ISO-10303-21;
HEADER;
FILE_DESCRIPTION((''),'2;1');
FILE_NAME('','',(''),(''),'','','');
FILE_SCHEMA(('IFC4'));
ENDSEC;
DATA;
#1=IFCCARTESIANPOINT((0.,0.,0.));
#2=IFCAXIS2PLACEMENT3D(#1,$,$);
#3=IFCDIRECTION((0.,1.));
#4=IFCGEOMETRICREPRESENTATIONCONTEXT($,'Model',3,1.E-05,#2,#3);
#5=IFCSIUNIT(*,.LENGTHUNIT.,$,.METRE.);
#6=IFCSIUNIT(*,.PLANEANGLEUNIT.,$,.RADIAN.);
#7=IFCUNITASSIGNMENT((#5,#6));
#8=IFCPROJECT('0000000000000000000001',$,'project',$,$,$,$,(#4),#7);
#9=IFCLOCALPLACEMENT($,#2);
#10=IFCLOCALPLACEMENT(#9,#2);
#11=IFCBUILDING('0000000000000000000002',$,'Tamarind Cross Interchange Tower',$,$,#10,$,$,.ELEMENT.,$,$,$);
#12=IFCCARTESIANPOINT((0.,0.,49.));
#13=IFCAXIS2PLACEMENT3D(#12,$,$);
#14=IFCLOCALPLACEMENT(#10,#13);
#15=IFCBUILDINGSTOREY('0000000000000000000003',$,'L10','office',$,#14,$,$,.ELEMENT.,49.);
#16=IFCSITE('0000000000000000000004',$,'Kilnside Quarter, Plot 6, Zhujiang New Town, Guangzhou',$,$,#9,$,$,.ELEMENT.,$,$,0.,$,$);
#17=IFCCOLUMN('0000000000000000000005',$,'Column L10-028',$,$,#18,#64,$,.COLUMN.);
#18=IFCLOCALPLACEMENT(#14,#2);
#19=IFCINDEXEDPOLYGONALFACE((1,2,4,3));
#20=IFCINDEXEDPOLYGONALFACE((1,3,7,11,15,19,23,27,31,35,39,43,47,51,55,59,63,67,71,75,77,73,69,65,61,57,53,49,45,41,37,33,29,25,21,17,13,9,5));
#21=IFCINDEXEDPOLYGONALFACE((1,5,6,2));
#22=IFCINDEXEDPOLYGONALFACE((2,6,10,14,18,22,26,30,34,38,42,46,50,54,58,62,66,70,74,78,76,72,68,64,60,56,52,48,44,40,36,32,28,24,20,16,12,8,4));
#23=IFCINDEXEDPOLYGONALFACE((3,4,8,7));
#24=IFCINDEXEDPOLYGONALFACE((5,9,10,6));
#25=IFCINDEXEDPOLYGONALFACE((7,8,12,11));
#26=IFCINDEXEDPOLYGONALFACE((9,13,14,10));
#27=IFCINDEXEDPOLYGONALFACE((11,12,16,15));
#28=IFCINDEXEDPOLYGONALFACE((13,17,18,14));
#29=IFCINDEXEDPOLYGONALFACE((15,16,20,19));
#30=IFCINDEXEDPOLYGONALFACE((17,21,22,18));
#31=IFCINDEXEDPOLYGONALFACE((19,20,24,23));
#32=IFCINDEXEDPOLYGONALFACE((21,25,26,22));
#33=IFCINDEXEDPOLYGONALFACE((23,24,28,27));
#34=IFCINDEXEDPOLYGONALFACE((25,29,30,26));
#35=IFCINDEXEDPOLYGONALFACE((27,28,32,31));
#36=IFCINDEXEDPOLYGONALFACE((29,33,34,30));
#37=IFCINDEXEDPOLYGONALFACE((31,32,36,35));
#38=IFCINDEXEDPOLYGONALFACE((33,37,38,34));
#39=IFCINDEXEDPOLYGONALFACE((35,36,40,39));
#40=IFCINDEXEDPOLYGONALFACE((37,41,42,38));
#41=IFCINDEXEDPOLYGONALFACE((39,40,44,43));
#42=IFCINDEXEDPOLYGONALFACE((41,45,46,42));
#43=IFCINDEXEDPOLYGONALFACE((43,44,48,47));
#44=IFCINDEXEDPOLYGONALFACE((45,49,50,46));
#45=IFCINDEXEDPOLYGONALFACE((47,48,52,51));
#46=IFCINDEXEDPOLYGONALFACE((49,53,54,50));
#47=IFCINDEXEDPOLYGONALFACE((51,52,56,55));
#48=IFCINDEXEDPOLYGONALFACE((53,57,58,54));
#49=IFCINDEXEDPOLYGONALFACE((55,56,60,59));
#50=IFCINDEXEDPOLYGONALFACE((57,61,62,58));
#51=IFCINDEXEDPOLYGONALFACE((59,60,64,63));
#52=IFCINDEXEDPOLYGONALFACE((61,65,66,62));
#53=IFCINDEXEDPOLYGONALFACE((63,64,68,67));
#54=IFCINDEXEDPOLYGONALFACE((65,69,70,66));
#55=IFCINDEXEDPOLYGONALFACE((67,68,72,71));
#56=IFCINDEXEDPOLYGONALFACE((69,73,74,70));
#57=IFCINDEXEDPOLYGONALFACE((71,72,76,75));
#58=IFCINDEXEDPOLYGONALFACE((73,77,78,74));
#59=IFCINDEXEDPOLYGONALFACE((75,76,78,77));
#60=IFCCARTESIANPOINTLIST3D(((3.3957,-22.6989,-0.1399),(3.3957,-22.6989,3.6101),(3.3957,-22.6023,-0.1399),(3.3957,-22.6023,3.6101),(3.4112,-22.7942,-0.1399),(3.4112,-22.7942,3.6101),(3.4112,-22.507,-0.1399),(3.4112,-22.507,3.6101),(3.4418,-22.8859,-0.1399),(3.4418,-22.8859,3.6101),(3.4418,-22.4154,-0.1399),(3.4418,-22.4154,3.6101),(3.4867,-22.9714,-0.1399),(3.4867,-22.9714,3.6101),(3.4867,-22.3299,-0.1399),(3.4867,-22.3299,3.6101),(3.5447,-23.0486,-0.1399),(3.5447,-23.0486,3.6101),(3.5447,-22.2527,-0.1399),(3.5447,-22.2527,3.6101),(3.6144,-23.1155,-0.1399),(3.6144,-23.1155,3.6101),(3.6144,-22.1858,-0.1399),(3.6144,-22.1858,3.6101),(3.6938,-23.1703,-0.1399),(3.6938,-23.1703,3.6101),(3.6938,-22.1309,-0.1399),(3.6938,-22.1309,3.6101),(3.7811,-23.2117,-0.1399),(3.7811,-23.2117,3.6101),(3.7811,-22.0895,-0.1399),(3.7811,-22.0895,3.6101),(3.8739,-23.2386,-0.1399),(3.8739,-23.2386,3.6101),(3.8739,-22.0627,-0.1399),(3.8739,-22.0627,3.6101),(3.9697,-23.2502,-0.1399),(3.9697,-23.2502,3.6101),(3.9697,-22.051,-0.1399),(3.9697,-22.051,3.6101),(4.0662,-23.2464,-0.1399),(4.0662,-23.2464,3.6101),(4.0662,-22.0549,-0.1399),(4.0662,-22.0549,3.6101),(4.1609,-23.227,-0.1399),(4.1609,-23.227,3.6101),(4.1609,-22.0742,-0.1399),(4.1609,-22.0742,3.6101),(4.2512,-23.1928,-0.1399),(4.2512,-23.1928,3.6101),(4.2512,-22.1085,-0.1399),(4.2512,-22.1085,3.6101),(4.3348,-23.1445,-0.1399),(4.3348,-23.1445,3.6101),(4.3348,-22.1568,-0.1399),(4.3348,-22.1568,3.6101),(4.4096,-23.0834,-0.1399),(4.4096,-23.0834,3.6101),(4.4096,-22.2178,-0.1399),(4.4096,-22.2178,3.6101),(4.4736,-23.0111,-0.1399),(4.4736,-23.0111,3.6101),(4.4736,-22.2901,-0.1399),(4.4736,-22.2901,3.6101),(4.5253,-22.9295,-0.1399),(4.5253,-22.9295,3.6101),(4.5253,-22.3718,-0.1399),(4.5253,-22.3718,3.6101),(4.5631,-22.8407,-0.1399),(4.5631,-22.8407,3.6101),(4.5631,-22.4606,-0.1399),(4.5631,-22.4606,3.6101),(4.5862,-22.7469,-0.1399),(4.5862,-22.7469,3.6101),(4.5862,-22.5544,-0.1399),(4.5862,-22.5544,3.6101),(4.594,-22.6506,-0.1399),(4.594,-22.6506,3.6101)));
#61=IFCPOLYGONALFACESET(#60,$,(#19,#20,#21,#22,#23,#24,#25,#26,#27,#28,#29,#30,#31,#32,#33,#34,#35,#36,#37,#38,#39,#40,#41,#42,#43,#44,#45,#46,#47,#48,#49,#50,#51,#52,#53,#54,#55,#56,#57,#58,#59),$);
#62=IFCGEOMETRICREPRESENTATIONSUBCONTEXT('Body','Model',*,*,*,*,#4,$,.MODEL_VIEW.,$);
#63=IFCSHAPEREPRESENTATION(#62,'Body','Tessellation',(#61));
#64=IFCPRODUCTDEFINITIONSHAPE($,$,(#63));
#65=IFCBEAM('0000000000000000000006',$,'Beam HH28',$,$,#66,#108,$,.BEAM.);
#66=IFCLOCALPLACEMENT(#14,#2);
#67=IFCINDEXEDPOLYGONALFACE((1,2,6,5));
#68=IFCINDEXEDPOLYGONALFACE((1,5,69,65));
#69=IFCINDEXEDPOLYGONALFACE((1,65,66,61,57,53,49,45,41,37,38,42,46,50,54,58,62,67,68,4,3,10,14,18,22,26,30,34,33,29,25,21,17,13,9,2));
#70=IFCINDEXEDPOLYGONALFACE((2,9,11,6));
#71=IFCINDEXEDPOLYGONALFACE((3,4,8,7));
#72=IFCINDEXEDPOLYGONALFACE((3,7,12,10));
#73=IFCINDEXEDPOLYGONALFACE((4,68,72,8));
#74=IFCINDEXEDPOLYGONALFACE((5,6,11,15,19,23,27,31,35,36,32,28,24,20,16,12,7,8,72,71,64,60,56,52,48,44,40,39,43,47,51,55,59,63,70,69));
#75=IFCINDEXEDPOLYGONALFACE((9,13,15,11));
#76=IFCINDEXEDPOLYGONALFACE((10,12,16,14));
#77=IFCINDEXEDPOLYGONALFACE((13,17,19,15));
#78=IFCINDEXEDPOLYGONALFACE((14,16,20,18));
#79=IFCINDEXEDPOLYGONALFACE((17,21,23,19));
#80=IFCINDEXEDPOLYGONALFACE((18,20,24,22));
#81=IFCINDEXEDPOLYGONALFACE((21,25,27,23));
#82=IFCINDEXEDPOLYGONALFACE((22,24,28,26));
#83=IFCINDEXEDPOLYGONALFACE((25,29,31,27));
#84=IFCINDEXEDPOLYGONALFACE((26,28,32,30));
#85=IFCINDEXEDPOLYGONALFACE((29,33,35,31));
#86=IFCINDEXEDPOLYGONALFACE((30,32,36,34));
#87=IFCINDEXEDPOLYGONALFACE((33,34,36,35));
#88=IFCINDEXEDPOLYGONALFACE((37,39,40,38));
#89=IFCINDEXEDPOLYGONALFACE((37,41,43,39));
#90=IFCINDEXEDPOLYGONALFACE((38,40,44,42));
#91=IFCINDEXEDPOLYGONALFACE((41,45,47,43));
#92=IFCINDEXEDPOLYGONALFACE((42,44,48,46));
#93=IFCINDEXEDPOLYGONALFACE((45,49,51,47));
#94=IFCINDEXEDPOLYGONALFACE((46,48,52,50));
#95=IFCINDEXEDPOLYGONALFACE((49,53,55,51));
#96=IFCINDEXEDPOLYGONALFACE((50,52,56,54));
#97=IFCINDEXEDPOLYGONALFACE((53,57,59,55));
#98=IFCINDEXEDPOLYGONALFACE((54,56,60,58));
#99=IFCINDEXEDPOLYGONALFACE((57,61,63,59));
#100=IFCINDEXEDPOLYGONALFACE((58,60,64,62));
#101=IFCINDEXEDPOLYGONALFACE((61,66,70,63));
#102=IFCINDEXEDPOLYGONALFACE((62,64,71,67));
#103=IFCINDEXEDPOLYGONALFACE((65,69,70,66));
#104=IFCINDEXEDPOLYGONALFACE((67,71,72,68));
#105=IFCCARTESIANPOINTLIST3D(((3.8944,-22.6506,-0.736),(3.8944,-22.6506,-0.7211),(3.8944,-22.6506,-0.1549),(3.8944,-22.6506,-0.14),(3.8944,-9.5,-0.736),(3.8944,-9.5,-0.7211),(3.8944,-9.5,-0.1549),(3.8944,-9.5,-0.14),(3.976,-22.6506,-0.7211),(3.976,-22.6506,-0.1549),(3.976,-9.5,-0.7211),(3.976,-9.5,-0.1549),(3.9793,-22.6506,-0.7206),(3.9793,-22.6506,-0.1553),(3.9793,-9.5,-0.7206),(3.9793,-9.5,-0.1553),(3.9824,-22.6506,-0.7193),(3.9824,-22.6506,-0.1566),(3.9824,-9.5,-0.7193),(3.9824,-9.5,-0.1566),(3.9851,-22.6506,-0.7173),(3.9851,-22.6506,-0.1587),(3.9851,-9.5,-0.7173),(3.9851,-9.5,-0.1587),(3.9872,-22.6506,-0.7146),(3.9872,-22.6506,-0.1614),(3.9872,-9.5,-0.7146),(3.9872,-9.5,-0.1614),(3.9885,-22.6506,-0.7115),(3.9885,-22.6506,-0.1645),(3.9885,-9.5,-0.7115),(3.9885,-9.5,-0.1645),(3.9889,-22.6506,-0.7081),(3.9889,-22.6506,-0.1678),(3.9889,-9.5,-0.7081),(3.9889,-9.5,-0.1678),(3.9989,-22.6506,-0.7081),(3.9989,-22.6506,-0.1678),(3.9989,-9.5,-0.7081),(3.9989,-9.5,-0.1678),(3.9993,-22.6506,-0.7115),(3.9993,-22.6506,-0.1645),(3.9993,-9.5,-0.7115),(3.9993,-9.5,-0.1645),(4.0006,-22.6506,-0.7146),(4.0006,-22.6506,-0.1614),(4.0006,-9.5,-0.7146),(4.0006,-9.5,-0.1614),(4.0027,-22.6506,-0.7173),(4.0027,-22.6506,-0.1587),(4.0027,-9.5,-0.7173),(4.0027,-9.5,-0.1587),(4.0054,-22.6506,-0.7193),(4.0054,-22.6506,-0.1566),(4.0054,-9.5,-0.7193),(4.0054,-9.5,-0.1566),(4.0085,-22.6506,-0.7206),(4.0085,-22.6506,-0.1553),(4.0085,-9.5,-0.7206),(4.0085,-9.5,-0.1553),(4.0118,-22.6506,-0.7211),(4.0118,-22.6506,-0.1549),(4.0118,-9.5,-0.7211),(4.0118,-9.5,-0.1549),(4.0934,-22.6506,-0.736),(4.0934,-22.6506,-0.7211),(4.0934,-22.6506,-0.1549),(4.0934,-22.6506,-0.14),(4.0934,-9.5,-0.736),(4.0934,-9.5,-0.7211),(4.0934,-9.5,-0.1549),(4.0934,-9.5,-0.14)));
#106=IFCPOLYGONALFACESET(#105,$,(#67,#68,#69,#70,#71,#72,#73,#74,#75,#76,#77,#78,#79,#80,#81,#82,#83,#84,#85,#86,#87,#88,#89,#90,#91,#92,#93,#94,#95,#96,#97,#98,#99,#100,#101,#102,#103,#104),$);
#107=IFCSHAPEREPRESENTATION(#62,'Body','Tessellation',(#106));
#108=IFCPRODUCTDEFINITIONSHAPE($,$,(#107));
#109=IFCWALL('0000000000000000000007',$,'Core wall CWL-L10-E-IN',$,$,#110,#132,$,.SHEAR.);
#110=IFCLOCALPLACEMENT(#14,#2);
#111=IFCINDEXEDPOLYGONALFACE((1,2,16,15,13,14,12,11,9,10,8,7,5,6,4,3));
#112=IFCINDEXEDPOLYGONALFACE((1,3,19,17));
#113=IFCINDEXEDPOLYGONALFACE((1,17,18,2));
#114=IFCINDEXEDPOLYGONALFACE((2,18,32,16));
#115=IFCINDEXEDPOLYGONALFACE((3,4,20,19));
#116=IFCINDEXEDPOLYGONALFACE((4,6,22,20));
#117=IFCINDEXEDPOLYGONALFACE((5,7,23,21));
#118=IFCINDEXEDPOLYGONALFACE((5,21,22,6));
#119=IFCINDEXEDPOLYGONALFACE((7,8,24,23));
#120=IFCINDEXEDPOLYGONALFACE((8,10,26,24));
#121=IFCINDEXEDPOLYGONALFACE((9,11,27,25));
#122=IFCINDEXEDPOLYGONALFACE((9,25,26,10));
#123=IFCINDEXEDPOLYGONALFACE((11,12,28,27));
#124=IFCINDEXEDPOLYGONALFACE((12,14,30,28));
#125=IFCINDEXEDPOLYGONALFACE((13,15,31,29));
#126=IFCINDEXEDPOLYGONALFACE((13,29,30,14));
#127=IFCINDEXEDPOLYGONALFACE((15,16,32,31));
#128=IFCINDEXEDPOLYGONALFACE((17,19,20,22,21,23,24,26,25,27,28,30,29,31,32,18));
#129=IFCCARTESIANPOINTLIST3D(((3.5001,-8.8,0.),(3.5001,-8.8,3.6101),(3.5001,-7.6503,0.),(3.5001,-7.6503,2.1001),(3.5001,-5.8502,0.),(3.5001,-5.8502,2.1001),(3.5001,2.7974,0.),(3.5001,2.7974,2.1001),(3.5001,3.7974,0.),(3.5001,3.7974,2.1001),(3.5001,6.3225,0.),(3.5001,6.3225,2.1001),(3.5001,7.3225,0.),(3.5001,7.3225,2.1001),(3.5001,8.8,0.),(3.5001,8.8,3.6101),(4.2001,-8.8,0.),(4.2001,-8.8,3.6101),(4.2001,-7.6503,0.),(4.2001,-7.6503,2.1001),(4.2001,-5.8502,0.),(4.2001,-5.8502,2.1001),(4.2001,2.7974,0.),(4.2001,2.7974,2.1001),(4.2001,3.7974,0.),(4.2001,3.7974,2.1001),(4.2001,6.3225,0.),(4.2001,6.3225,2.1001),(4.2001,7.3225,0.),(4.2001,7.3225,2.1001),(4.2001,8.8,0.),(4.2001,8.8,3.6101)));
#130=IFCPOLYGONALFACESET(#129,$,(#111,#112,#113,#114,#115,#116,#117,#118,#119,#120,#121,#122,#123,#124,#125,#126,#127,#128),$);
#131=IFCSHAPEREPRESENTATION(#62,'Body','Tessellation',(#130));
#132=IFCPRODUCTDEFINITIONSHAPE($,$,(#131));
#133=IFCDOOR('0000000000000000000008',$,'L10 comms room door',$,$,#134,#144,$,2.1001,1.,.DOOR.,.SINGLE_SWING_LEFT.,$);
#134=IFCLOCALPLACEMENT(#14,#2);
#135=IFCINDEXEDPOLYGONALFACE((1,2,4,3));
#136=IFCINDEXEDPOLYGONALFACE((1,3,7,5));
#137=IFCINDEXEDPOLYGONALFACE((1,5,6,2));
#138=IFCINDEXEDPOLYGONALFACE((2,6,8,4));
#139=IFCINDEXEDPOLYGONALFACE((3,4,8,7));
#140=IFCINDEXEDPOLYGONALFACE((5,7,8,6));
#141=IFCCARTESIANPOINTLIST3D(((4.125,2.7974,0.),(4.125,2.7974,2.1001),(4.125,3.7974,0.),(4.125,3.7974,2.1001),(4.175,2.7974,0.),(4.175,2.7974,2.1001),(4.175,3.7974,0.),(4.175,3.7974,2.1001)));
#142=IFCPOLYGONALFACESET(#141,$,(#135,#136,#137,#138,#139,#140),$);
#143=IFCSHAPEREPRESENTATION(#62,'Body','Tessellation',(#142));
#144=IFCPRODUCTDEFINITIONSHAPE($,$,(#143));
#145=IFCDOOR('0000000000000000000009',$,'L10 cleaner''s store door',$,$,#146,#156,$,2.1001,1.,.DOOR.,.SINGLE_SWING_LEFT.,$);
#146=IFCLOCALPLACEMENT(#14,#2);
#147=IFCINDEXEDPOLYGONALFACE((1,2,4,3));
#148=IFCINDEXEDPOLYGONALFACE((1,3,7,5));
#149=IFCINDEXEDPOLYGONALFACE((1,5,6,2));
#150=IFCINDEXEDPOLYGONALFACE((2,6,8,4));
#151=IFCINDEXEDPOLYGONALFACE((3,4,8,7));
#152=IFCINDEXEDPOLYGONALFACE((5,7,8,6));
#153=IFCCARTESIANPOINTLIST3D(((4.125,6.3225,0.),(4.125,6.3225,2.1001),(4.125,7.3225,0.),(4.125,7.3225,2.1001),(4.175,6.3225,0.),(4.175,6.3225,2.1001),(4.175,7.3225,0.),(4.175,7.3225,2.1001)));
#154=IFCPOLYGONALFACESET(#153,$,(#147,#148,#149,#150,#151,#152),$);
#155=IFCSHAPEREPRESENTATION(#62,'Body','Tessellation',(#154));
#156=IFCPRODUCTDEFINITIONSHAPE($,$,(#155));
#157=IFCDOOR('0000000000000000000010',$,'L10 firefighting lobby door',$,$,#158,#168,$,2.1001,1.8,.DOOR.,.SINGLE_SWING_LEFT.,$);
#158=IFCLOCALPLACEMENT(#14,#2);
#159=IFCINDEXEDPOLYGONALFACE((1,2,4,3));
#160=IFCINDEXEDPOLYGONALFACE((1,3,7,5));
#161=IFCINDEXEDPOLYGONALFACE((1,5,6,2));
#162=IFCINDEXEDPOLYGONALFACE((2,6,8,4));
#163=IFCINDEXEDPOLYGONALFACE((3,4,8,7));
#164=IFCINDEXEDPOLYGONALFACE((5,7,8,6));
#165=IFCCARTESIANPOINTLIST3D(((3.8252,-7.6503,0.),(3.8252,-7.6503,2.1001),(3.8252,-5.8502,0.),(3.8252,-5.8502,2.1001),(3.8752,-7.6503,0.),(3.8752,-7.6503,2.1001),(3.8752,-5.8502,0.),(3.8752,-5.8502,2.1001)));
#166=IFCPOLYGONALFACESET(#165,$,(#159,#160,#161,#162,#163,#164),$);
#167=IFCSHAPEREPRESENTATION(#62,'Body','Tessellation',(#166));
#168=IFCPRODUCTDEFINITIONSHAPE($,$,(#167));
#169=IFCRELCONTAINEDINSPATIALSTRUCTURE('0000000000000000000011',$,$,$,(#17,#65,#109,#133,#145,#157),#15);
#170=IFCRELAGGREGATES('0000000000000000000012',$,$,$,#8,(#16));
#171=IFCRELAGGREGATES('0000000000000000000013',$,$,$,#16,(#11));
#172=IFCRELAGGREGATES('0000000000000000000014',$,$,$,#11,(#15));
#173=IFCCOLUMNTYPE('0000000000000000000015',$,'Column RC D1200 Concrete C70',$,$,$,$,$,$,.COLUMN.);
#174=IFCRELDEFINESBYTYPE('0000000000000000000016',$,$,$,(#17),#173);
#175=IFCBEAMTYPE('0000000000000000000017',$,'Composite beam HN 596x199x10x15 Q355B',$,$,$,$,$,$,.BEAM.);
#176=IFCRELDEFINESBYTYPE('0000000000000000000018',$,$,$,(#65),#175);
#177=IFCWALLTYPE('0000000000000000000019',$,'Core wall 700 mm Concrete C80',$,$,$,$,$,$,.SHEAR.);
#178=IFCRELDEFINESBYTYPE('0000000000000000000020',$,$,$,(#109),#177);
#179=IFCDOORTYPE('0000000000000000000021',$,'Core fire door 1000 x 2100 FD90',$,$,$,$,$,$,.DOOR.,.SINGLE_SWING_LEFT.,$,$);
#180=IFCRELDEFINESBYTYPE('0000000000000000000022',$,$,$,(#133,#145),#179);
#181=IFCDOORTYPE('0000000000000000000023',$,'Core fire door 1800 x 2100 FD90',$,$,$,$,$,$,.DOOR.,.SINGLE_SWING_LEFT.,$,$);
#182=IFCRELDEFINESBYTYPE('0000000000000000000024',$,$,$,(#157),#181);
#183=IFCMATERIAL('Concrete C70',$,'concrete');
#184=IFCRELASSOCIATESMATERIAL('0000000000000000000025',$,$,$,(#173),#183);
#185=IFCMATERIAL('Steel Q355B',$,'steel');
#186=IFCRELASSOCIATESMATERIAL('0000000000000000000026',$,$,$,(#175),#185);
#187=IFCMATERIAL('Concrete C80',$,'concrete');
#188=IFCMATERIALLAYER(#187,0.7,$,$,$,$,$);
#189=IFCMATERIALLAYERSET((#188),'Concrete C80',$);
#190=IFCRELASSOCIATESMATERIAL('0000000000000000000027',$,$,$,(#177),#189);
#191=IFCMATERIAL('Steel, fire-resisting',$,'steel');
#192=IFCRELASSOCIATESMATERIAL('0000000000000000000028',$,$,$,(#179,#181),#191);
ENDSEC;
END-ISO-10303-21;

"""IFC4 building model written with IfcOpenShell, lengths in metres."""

from ifc_helpers import new_model, si_unit, direction, frame, frame_2d, origin, origin_2d, place, context, subcontext, project, spatial, rectangle, circle, i_section, extrude, material, layer, layer_set, material_profile, profile_set, type_object, element, fill, save


model = new_model("IFC4")

# Units and contexts
model_context = context("Model", 3, precision=1e-05, world=origin(), true_north=direction((0.0, 1.0)))
body_context = subcontext(model_context, "Body", "Model", "MODEL_VIEW")
ifc_project = project(units=[si_unit("LENGTHUNIT", "METRE"), si_unit("PLANEANGLEUNIT", "RADIAN")], contexts=[model_context])

# Site, building, storey
site_placement = place(None, origin())
site = spatial("IfcSite", under=ifc_project, at=site_placement, Name="Kilnside Quarter, Plot 6, Zhujiang New Town, Guangzhou", CompositionType="ELEMENT", RefElevation=0.0)
building_placement = place(site_placement, origin())
building = spatial("IfcBuilding", under=site, at=building_placement, Name="Tamarind Cross Interchange Tower", CompositionType="ELEMENT")
storey_placement = place(building_placement, frame((0.0, 0.0, 49.0)))
storey = spatial("IfcBuildingStorey", under=building, at=storey_placement, Name="L10", Description="office", CompositionType="ELEMENT", Elevation=49.0)

# Column
ifc_material_1 = material(Name="Concrete C70", Category="concrete")
ifc_material_profile_1 = material_profile(ifc_material_1, circle(Radius=0.6001, at=origin_2d()), Name="RC D1200")
ifc_profile_set_1 = profile_set([ifc_material_profile_1], Name="Concrete C70")
column_type = type_object("IfcColumnType", Name="Column RC D1200 Concrete C70", PredefinedType="COLUMN", material=ifc_profile_set_1)
column_placement = place(storey_placement, frame((3.9939, -22.6506, -0.1399), z_axis=(0.0, 0.0, 1.0), x_axis=(1.0, 0.0, 0.0)))
element("IfcColumn", 1, at=column_placement, inside=storey, type_object=column_type, Name="Column L10-028", PredefinedType="COLUMN", context=body_context, shape_type="SweptSolid", body=[
    extrude(circle(Radius=0.6001, at=origin_2d()), origin(), (0.0, 0.0, 1.0), 3.75),
])

# Beam
ifc_material_2 = material(Name="Steel Q355B", Category="steel")
ifc_material_profile_2 = material_profile(ifc_material_2, i_section(OverallWidth=0.199, OverallDepth=0.5959, WebThickness=0.01, FlangeThickness=0.0149, FilletRadius=0.0129, at=origin_2d()), Name="HN 596x199x10x15")
ifc_profile_set_2 = profile_set([ifc_material_profile_2], Name="Steel Q355B")
beam_type = type_object("IfcBeamType", Name="Composite beam HN 596x199x10x15 Q355B", PredefinedType="BEAM", material=ifc_profile_set_2)
beam_placement = place(storey_placement, frame((3.9939, -22.6506, -0.438), z_axis=(0.0, 1.0, 0.0), x_axis=(-1.0, 0.0, 0.0)))
element("IfcBeam", 2, at=beam_placement, inside=storey, type_object=beam_type, Name="Beam HH28", PredefinedType="BEAM", context=body_context, shape_type="SweptSolid", body=[
    extrude(i_section(OverallWidth=0.199, OverallDepth=0.5959, WebThickness=0.01, FlangeThickness=0.0149, FilletRadius=0.0129, at=origin_2d()), origin(), (0.0, 0.0, 1.0), 13.1506),
])

# Wall, openings, doors
ifc_material_3 = material(Name="Concrete C80", Category="concrete")
ifc_layer_1 = layer(ifc_material_3, 0.7)
ifc_layer_set_1 = layer_set([ifc_layer_1], Name="Concrete C80")
wall_type_1 = type_object("IfcWallType", Name="Core wall 700 mm Concrete C80", PredefinedType="SHEAR", material=ifc_layer_set_1)
wall_1_placement = place(storey_placement, frame((3.8501, -8.8, 0.0), z_axis=(0.0, 0.0, 1.0), x_axis=(0.0, 1.0, 0.0)))
wall_1 = element("IfcWall", 3, at=wall_1_placement, inside=storey, type_object=wall_type_1, Name="Core wall CWL-L10-E-IN", PredefinedType="SHEAR", context=body_context, shape_type="SweptSolid", body=[
    extrude(rectangle(XDim=17.6001, YDim=0.7, at=frame_2d((8.8, 0.0))), origin(), (0.0, 0.0, 1.0), 3.6101),
])
opening_1_placement = place(wall_1_placement, frame((1.1499, 0.0, 0.0)))
opening_1 = element("IfcOpeningElement", 4, at=opening_1_placement, cuts=wall_1, PredefinedType="OPENING", context=body_context, shape_type="SweptSolid", body=[
    extrude(rectangle(XDim=1.8, YDim=2.1001, at=frame_2d((0.8999, 1.05))), frame((0.0, 0.3599, 0.0), z_axis=(0.0, -1.0, 0.0), x_axis=(1.0, 0.0, 0.0)), (0.0, 0.0, 1.0), 0.72),
])
opening_2_placement = place(wall_1_placement, frame((11.5974, 0.0, 0.0)))
opening_2 = element("IfcOpeningElement", 5, at=opening_2_placement, cuts=wall_1, PredefinedType="OPENING", context=body_context, shape_type="SweptSolid", body=[
    extrude(rectangle(XDim=1.0, YDim=2.1001, at=frame_2d((0.5, 1.05))), frame((0.0, 0.3599, 0.0), z_axis=(0.0, -1.0, 0.0), x_axis=(1.0, 0.0, 0.0)), (0.0, 0.0, 1.0), 0.72),
])
opening_3_placement = place(wall_1_placement, frame((15.1226, 0.0, 0.0)))
opening_3 = element("IfcOpeningElement", 6, at=opening_3_placement, cuts=wall_1, PredefinedType="OPENING", context=body_context, shape_type="SweptSolid", body=[
    extrude(rectangle(XDim=1.0, YDim=2.1001, at=frame_2d((0.5, 1.05))), frame((0.0, 0.3599, 0.0), z_axis=(0.0, -1.0, 0.0), x_axis=(1.0, 0.0, 0.0)), (0.0, 0.0, 1.0), 0.72),
])
ifc_material_4 = material(Name="Steel, fire-resisting", Category="steel")
door_type_1 = type_object("IfcDoorType", Name="Core fire door 1000 x 2100 FD90", OperationType="SINGLE_SWING_LEFT", PredefinedType="DOOR", material=ifc_material_4)
door_1_placement = place(opening_2_placement, origin())
door_1 = element("IfcDoor", 7, at=door_1_placement, inside=storey, type_object=door_type_1, Name="L10 comms room door", OperationType="SINGLE_SWING_LEFT", OverallHeight=2.1001, OverallWidth=1.0, PredefinedType="DOOR", context=body_context, shape_type="SweptSolid", body=[
    extrude(rectangle(XDim=1.0, YDim=2.1001, at=frame_2d((0.5, 1.05))), frame((0.0, -0.2749, 0.0), z_axis=(0.0, -1.0, 0.0), x_axis=(1.0, 0.0, 0.0)), (0.0, 0.0, 1.0), 0.05),
])
fill(opening_2, door_1)
door_2_placement = place(opening_3_placement, origin())
door_2 = element("IfcDoor", 8, at=door_2_placement, inside=storey, type_object=door_type_1, Name="L10 cleaner's store door", OperationType="SINGLE_SWING_LEFT", OverallHeight=2.1001, OverallWidth=1.0, PredefinedType="DOOR", context=body_context, shape_type="SweptSolid", body=[
    extrude(rectangle(XDim=1.0, YDim=2.1001, at=frame_2d((0.5, 1.05))), frame((0.0, -0.2749, 0.0), z_axis=(0.0, -1.0, 0.0), x_axis=(1.0, 0.0, 0.0)), (0.0, 0.0, 1.0), 0.05),
])
fill(opening_3, door_2)
door_type_2 = type_object("IfcDoorType", Name="Core fire door 1800 x 2100 FD90", OperationType="SINGLE_SWING_LEFT", PredefinedType="DOOR", material=ifc_material_4)
door_3_placement = place(opening_1_placement, origin())
door_3 = element("IfcDoor", 9, at=door_3_placement, inside=storey, type_object=door_type_2, Name="L10 firefighting lobby door", OperationType="SINGLE_SWING_LEFT", OverallHeight=2.1001, OverallWidth=1.8, PredefinedType="DOOR", context=body_context, shape_type="SweptSolid", body=[
    extrude(rectangle(XDim=1.8, YDim=2.1001, at=frame_2d((0.8999, 1.05))), frame((0.0, 0.0249, 0.0), z_axis=(0.0, -1.0, 0.0), x_axis=(1.0, 0.0, 0.0)), (0.0, 0.0, 1.0), 0.05),
])
fill(opening_1, door_3)

save(model, "model.ifc")
